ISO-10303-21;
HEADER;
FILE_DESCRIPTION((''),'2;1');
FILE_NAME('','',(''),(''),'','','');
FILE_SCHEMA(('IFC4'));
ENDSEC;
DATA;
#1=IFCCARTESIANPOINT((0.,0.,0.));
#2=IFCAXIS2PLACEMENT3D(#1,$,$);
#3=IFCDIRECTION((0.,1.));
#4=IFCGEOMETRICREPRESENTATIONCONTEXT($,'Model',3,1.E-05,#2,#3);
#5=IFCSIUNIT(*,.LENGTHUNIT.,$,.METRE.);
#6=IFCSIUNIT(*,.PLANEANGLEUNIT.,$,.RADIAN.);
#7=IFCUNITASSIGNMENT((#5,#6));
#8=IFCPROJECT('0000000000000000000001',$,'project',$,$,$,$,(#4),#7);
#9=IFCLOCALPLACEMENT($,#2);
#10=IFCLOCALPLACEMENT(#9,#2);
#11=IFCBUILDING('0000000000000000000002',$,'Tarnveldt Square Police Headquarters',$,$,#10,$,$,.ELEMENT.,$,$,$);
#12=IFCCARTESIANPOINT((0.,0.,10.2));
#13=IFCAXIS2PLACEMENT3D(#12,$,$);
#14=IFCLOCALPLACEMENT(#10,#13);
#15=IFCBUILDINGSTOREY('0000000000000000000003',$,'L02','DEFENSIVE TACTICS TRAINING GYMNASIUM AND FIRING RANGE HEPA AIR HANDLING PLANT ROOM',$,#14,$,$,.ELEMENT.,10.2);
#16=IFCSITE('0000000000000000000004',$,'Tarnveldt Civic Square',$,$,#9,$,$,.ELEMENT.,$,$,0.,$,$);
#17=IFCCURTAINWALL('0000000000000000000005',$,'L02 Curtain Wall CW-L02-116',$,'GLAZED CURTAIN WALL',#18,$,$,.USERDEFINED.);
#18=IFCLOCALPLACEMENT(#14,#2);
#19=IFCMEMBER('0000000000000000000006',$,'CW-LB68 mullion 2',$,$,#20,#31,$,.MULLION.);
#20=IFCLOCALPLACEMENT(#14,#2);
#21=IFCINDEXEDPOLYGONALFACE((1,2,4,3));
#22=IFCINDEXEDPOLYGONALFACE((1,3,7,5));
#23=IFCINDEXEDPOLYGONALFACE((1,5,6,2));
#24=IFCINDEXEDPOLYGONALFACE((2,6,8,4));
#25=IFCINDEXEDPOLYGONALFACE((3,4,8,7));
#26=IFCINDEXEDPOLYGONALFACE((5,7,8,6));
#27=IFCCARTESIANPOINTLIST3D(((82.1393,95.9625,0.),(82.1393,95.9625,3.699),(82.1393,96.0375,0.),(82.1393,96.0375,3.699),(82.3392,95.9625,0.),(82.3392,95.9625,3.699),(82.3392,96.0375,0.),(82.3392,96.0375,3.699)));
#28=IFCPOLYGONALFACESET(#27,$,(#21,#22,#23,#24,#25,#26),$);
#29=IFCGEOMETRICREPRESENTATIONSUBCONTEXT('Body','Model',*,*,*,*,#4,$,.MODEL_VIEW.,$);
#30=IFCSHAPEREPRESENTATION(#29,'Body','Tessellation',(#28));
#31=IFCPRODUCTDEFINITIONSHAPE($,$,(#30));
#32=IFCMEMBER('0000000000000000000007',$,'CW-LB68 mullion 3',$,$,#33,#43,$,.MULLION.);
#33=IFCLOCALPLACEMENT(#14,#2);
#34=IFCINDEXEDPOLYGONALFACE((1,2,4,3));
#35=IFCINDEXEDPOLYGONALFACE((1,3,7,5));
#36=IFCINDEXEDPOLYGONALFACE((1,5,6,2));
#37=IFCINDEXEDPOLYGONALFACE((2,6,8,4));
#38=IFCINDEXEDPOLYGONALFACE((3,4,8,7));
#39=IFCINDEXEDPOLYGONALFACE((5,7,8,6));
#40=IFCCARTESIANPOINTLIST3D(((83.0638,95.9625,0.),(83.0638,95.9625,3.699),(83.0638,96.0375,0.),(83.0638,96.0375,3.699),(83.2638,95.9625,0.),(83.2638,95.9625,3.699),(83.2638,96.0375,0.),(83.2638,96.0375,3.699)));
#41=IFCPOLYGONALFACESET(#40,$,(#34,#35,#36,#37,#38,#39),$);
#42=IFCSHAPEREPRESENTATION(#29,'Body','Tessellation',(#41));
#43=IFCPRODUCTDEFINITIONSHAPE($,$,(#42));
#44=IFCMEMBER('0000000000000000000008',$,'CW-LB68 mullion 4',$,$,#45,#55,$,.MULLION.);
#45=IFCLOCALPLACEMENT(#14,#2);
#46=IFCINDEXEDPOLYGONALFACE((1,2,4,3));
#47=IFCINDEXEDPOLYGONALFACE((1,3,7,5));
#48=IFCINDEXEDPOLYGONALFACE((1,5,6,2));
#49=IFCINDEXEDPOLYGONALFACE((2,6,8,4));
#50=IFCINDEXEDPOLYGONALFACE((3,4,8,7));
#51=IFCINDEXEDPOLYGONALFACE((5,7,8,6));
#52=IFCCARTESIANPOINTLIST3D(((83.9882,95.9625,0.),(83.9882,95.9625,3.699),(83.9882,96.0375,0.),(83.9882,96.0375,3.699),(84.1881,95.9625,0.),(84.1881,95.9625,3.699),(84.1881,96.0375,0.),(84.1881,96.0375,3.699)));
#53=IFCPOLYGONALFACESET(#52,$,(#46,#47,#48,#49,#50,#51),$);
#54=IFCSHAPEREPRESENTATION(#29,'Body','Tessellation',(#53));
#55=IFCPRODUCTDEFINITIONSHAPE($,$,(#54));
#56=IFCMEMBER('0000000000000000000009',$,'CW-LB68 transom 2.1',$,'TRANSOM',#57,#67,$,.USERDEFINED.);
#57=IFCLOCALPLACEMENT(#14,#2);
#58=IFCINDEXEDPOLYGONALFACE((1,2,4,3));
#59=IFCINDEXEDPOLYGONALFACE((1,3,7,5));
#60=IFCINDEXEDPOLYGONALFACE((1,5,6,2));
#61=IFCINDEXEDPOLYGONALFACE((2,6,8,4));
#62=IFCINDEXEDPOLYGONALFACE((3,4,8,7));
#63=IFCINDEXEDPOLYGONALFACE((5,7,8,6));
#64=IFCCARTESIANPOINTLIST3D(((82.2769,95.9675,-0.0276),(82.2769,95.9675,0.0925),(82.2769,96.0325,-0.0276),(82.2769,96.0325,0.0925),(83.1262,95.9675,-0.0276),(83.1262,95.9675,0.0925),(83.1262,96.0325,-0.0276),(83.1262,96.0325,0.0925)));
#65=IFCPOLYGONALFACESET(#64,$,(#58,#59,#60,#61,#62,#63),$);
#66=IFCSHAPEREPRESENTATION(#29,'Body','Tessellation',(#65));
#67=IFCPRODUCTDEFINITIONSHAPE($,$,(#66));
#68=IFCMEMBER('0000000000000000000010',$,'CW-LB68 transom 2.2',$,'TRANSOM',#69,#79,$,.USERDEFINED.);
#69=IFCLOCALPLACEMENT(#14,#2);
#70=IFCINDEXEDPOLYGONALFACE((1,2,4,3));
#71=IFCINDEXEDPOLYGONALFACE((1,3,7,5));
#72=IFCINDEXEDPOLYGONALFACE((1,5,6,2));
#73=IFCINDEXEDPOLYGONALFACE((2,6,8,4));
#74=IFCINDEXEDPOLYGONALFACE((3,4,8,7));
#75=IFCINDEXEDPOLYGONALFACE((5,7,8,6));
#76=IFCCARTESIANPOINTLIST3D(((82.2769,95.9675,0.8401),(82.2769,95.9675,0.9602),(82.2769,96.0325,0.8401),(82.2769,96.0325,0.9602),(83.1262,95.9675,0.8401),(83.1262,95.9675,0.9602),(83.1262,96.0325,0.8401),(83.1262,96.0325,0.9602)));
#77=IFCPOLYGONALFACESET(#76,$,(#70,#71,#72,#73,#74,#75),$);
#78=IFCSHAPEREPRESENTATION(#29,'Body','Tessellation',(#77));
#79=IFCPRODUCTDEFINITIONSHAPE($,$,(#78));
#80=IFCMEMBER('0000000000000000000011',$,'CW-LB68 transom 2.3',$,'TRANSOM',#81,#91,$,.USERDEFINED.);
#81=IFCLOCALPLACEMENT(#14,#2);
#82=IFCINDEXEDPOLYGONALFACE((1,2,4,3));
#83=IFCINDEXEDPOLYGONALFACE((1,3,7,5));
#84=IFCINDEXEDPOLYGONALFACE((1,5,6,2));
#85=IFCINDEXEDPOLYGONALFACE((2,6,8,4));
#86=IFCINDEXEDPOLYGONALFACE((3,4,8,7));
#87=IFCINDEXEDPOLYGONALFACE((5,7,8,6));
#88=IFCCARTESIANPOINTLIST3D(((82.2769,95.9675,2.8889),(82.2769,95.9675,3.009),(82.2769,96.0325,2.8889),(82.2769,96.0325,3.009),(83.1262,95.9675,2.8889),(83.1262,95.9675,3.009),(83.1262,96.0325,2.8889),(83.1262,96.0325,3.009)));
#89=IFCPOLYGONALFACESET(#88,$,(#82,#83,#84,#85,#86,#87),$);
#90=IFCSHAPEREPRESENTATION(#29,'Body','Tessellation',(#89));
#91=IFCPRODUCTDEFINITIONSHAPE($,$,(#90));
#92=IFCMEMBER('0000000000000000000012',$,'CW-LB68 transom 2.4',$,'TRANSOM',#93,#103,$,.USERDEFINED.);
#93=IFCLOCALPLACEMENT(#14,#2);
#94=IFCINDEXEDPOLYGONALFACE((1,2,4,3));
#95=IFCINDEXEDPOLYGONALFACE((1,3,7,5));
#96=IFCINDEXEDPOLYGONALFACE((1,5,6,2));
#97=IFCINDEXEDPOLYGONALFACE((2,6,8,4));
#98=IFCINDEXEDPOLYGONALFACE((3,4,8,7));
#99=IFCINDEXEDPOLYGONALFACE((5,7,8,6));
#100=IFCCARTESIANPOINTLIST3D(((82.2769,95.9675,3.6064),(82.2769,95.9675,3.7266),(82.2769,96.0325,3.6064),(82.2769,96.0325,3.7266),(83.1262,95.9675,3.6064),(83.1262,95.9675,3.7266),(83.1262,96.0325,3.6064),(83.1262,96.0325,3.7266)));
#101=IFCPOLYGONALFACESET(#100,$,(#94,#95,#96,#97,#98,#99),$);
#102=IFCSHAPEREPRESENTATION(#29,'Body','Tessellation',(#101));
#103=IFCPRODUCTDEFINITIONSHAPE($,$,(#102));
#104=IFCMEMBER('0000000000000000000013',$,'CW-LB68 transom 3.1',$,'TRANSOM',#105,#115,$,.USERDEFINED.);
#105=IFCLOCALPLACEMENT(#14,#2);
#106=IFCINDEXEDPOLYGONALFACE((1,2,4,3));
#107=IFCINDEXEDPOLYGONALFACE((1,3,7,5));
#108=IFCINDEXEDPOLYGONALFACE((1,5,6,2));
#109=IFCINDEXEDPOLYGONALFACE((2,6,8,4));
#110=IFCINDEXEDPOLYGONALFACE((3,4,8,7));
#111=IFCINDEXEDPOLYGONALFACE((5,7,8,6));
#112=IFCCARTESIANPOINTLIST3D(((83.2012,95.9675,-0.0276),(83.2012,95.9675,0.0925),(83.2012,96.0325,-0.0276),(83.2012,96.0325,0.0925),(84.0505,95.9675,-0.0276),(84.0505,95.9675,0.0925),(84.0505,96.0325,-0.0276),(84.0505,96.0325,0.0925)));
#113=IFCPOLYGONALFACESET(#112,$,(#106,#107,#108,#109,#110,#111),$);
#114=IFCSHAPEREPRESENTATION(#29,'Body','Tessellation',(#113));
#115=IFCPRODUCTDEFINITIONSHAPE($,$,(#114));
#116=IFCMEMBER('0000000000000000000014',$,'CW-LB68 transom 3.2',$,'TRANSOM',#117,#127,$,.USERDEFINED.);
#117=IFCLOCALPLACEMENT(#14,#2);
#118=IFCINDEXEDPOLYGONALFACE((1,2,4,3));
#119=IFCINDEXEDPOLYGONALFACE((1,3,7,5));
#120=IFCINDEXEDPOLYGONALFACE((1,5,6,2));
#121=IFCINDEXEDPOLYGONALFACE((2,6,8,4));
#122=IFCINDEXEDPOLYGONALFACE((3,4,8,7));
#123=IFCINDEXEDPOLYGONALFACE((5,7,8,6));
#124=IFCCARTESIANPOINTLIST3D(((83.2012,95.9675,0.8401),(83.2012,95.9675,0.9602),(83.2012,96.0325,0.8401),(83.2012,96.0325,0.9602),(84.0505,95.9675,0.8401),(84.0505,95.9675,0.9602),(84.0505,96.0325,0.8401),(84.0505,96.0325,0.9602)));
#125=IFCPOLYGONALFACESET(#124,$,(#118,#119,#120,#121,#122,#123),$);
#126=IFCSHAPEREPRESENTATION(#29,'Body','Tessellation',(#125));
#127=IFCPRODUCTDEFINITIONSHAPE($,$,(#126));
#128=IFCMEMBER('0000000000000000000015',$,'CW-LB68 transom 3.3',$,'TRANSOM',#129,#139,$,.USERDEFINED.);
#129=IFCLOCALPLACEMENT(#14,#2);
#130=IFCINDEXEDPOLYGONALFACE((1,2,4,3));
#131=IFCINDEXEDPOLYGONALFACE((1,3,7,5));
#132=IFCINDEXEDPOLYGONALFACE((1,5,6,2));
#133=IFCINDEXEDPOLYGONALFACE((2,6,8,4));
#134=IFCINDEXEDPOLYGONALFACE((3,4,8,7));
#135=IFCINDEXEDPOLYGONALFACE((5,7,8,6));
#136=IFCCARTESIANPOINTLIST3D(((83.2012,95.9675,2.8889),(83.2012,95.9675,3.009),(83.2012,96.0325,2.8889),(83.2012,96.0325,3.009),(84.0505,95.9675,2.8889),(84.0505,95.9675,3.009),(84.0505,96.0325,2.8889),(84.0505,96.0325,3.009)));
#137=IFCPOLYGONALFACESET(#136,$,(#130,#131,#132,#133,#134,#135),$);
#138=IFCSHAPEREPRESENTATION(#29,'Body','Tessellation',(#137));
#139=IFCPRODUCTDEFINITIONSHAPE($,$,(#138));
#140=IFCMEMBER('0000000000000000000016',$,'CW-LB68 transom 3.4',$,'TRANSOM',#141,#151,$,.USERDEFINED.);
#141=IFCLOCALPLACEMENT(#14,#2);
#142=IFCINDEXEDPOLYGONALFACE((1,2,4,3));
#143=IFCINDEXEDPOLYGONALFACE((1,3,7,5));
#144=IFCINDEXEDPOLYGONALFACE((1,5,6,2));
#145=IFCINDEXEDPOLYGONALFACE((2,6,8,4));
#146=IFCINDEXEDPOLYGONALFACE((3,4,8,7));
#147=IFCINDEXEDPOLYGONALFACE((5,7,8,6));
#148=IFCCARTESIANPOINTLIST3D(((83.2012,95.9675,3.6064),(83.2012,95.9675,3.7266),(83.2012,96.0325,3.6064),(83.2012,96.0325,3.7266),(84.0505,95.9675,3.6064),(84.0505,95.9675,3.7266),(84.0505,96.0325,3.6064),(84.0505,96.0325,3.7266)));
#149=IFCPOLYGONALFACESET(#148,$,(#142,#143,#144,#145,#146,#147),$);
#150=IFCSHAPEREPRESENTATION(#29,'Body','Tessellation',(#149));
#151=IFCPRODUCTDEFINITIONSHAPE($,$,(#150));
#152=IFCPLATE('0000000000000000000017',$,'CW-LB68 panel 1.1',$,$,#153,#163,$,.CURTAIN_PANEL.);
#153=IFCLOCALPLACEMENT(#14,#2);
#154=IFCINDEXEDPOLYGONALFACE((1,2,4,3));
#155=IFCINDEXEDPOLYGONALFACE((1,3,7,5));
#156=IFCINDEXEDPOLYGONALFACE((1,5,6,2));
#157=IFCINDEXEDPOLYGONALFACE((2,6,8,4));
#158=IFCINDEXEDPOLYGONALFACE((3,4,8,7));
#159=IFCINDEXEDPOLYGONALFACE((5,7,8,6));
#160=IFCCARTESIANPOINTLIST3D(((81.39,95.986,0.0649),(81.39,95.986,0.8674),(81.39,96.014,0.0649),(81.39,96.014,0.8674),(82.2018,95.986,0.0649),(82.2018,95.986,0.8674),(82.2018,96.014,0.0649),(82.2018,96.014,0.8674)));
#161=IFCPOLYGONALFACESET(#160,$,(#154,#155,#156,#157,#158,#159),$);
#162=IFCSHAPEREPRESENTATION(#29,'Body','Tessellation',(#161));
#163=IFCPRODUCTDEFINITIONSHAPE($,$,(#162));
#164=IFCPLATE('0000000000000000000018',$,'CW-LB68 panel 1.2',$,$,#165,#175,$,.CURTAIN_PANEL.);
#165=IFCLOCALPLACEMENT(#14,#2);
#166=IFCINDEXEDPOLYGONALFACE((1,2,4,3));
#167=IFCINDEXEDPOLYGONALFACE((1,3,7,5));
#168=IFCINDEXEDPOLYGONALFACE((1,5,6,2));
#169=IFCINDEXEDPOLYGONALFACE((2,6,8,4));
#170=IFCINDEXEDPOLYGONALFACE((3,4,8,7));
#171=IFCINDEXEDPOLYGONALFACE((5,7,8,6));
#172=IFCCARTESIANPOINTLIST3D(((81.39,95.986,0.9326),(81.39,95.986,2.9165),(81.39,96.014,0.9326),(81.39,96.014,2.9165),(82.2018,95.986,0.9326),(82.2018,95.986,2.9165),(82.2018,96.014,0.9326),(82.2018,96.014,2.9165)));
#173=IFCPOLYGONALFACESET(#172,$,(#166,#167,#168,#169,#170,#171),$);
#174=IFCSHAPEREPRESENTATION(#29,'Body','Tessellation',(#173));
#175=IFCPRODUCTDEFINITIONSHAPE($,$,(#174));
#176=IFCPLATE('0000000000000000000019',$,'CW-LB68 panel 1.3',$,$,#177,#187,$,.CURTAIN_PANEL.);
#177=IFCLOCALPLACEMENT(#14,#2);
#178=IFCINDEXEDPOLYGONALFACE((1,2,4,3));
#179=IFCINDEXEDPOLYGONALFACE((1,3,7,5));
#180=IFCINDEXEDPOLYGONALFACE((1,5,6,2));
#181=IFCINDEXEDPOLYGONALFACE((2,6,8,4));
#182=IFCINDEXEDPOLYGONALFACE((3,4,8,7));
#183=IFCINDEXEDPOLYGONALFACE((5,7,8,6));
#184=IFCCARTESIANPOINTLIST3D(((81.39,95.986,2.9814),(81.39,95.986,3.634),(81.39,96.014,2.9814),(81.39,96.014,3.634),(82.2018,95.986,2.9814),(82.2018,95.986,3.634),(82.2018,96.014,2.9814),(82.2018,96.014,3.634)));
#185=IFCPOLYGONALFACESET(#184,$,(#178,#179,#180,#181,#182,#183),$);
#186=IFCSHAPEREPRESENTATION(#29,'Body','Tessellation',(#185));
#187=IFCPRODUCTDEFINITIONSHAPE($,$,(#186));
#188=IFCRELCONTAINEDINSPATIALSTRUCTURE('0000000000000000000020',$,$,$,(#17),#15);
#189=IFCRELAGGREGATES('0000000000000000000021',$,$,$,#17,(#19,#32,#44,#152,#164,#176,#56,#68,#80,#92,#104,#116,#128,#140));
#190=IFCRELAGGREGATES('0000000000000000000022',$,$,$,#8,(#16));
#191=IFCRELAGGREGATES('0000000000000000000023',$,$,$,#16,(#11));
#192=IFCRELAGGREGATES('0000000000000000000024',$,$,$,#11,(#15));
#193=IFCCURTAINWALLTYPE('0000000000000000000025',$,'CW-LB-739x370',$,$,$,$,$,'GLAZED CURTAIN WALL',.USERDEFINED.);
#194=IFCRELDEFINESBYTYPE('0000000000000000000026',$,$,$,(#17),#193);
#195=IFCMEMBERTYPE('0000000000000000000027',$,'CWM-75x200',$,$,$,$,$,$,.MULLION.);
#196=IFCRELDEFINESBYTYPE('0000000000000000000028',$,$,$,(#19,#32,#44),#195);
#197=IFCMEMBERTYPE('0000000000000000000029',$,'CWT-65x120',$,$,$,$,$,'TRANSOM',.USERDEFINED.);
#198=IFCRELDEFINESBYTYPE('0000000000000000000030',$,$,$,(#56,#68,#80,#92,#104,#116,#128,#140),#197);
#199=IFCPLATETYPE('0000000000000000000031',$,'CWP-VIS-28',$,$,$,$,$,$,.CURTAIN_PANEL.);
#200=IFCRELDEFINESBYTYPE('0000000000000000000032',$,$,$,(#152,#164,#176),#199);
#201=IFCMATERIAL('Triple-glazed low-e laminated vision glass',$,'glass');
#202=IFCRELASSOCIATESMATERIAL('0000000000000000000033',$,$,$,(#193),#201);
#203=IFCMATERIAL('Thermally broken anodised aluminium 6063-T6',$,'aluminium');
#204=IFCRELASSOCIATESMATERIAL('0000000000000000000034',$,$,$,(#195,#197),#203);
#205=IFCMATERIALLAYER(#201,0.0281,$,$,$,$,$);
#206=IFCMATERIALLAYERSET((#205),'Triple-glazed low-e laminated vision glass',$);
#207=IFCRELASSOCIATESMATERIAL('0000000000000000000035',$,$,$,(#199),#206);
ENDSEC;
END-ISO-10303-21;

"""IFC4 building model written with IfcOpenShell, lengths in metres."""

from ifc_helpers import new_model, si_unit, direction, frame, origin, origin_2d, place, context, subcontext, project, spatial, rectangle, extrude, material, layer, layer_set, material_profile, profile_set, type_object, element, aggregate, save


model = new_model("IFC4")

# Units and contexts
model_context = context("Model", 3, precision=1e-05, world=origin(), true_north=direction((0.0, 1.0)))
body_context = subcontext(model_context, "Body", "Model", "MODEL_VIEW")
ifc_project = project(units=[si_unit("LENGTHUNIT", "METRE"), si_unit("PLANEANGLEUNIT", "RADIAN")], contexts=[model_context])

# Site, building, storey
site_placement = place(None, origin())
site = spatial("IfcSite", under=ifc_project, at=site_placement, Name="Tarnveldt Civic Square", CompositionType="ELEMENT", RefElevation=0.0)
building_placement = place(site_placement, origin())
building = spatial("IfcBuilding", under=site, at=building_placement, Name="Tarnveldt Square Police Headquarters", CompositionType="ELEMENT")
storey_placement = place(building_placement, frame((0.0, 0.0, 10.2)))
storey = spatial("IfcBuildingStorey", under=building, at=storey_placement, Name="L02", Description="DEFENSIVE TACTICS TRAINING GYMNASIUM AND FIRING RANGE HEPA AIR HANDLING PLANT ROOM", CompositionType="ELEMENT", Elevation=10.2)

# Curtain wall, members, plates
ifc_material_1 = material(Name="Triple-glazed low-e laminated vision glass", Category="glass")
curtain_wall_type = type_object("IfcCurtainWallType", Name="CW-LB-739x370", ElementType="GLAZED CURTAIN WALL", PredefinedType="USERDEFINED", material=ifc_material_1)
curtain_wall_placement = place(storey_placement, origin())
curtain_wall = element("IfcCurtainWall", 1, at=curtain_wall_placement, inside=storey, type_object=curtain_wall_type, Name="L02 Curtain Wall CW-L02-116", ObjectType="GLAZED CURTAIN WALL", PredefinedType="USERDEFINED")
ifc_material_2 = material(Name="Thermally broken anodised aluminium 6063-T6", Category="aluminium")
ifc_material_profile_1 = material_profile(ifc_material_2, rectangle(XDim=0.075, YDim=0.2, at=origin_2d()), Name="CW-M75x200")
ifc_profile_set_1 = profile_set([ifc_material_profile_1], Name="Thermally broken anodised aluminium 6063-T6")
member_type_1 = type_object("IfcMemberType", Name="CWM-75x200", PredefinedType="MULLION", material=ifc_profile_set_1)
member_1_placement = place(storey_placement, frame((82.2393, 96.0, 0.0), z_axis=(0.0, 0.0, 1.0), x_axis=(0.0, 1.0, 0.0)))
member_1 = element("IfcMember", 2, at=member_1_placement, type_object=member_type_1, Name="CW-LB68 mullion 2", PredefinedType="MULLION", context=body_context, shape_type="SweptSolid", body=[
    extrude(rectangle(XDim=0.075, YDim=0.2, at=origin_2d()), origin(), (0.0, 0.0, 1.0), 3.699),
])
member_2_placement = place(storey_placement, frame((83.1638, 96.0, 0.0), z_axis=(0.0, 0.0, 1.0), x_axis=(0.0, 1.0, 0.0)))
member_2 = element("IfcMember", 3, at=member_2_placement, type_object=member_type_1, Name="CW-LB68 mullion 3", PredefinedType="MULLION", context=body_context, shape_type="SweptSolid", body=[
    extrude(rectangle(XDim=0.075, YDim=0.2, at=origin_2d()), origin(), (0.0, 0.0, 1.0), 3.699),
])
member_3_placement = place(storey_placement, frame((84.0881, 96.0, 0.0), z_axis=(0.0, 0.0, 1.0), x_axis=(0.0, 1.0, 0.0)))
member_3 = element("IfcMember", 4, at=member_3_placement, type_object=member_type_1, Name="CW-LB68 mullion 4", PredefinedType="MULLION", context=body_context, shape_type="SweptSolid", body=[
    extrude(rectangle(XDim=0.075, YDim=0.2, at=origin_2d()), origin(), (0.0, 0.0, 1.0), 3.699),
])
ifc_material_profile_2 = material_profile(ifc_material_2, rectangle(XDim=0.0649, YDim=0.1201, at=origin_2d()), Name="CW-T65x120")
ifc_profile_set_2 = profile_set([ifc_material_profile_2], Name="Thermally broken anodised aluminium 6063-T6")
member_type_2 = type_object("IfcMemberType", Name="CWT-65x120", ElementType="TRANSOM", PredefinedType="USERDEFINED", material=ifc_profile_set_2)
member_4_placement = place(storey_placement, frame((82.2769, 96.0, 0.0325), z_axis=(1.0, 0.0, 0.0), x_axis=(0.0, 1.0, 0.0)))
member_4 = element("IfcMember", 5, at=member_4_placement, type_object=member_type_2, Name="CW-LB68 transom 2.1", ObjectType="TRANSOM", PredefinedType="USERDEFINED", context=body_context, shape_type="SweptSolid", body=[
    extrude(rectangle(XDim=0.0649, YDim=0.1201, at=origin_2d()), origin(), (0.0, 0.0, 1.0), 0.8494),
])
member_5_placement = place(storey_placement, frame((82.2769, 96.0, 0.9001), z_axis=(1.0, 0.0, 0.0), x_axis=(0.0, 1.0, 0.0)))
member_5 = element("IfcMember", 6, at=member_5_placement, type_object=member_type_2, Name="CW-LB68 transom 2.2", ObjectType="TRANSOM", PredefinedType="USERDEFINED", context=body_context, shape_type="SweptSolid", body=[
    extrude(rectangle(XDim=0.0649, YDim=0.1201, at=origin_2d()), origin(), (0.0, 0.0, 1.0), 0.8494),
])
member_6_placement = place(storey_placement, frame((82.2769, 96.0, 2.949), z_axis=(1.0, 0.0, 0.0), x_axis=(0.0, 1.0, 0.0)))
member_6 = element("IfcMember", 7, at=member_6_placement, type_object=member_type_2, Name="CW-LB68 transom 2.3", ObjectType="TRANSOM", PredefinedType="USERDEFINED", context=body_context, shape_type="SweptSolid", body=[
    extrude(rectangle(XDim=0.0649, YDim=0.1201, at=origin_2d()), origin(), (0.0, 0.0, 1.0), 0.8494),
])
member_7_placement = place(storey_placement, frame((82.2769, 96.0, 3.6665), z_axis=(1.0, 0.0, 0.0), x_axis=(0.0, 1.0, 0.0)))
member_7 = element("IfcMember", 8, at=member_7_placement, type_object=member_type_2, Name="CW-LB68 transom 2.4", ObjectType="TRANSOM", PredefinedType="USERDEFINED", context=body_context, shape_type="SweptSolid", body=[
    extrude(rectangle(XDim=0.0649, YDim=0.1201, at=origin_2d()), origin(), (0.0, 0.0, 1.0), 0.8494),
])
member_8_placement = place(storey_placement, frame((83.2012, 96.0, 0.0325), z_axis=(1.0, 0.0, 0.0), x_axis=(0.0, 1.0, 0.0)))
member_8 = element("IfcMember", 9, at=member_8_placement, type_object=member_type_2, Name="CW-LB68 transom 3.1", ObjectType="TRANSOM", PredefinedType="USERDEFINED", context=body_context, shape_type="SweptSolid", body=[
    extrude(rectangle(XDim=0.0649, YDim=0.1201, at=origin_2d()), origin(), (0.0, 0.0, 1.0), 0.8494),
])
member_9_placement = place(storey_placement, frame((83.2012, 96.0, 0.9001), z_axis=(1.0, 0.0, 0.0), x_axis=(0.0, 1.0, 0.0)))
member_9 = element("IfcMember", 10, at=member_9_placement, type_object=member_type_2, Name="CW-LB68 transom 3.2", ObjectType="TRANSOM", PredefinedType="USERDEFINED", context=body_context, shape_type="SweptSolid", body=[
    extrude(rectangle(XDim=0.0649, YDim=0.1201, at=origin_2d()), origin(), (0.0, 0.0, 1.0), 0.8494),
])
member_10_placement = place(storey_placement, frame((83.2012, 96.0, 2.949), z_axis=(1.0, 0.0, 0.0), x_axis=(0.0, 1.0, 0.0)))
member_10 = element("IfcMember", 11, at=member_10_placement, type_object=member_type_2, Name="CW-LB68 transom 3.3", ObjectType="TRANSOM", PredefinedType="USERDEFINED", context=body_context, shape_type="SweptSolid", body=[
    extrude(rectangle(XDim=0.0649, YDim=0.1201, at=origin_2d()), origin(), (0.0, 0.0, 1.0), 0.8494),
])
member_11_placement = place(storey_placement, frame((83.2012, 96.0, 3.6665), z_axis=(1.0, 0.0, 0.0), x_axis=(0.0, 1.0, 0.0)))
member_11 = element("IfcMember", 12, at=member_11_placement, type_object=member_type_2, Name="CW-LB68 transom 3.4", ObjectType="TRANSOM", PredefinedType="USERDEFINED", context=body_context, shape_type="SweptSolid", body=[
    extrude(rectangle(XDim=0.0649, YDim=0.1201, at=origin_2d()), origin(), (0.0, 0.0, 1.0), 0.8494),
])
ifc_layer = layer(ifc_material_1, 0.0281)
ifc_layer_set = layer_set([ifc_layer], Name="Triple-glazed low-e laminated vision glass")
plate_type = type_object("IfcPlateType", Name="CWP-VIS-28", PredefinedType="CURTAIN_PANEL", material=ifc_layer_set)
plate_1_placement = place(storey_placement, frame((81.7959, 96.0, 0.0649), z_axis=(0.0, 0.0, 1.0), x_axis=(1.0, 0.0, 0.0)))
plate_1 = element("IfcPlate", 13, at=plate_1_placement, type_object=plate_type, Name="CW-LB68 panel 1.1", PredefinedType="CURTAIN_PANEL", context=body_context, shape_type="SweptSolid", body=[
    extrude(rectangle(XDim=0.8118, YDim=0.0281, at=origin_2d()), origin(), (0.0, 0.0, 1.0), 0.8025),
])
plate_2_placement = place(storey_placement, frame((81.7959, 96.0, 0.9326), z_axis=(0.0, 0.0, 1.0), x_axis=(1.0, 0.0, 0.0)))
plate_2 = element("IfcPlate", 14, at=plate_2_placement, type_object=plate_type, Name="CW-LB68 panel 1.2", PredefinedType="CURTAIN_PANEL", context=body_context, shape_type="SweptSolid", body=[
    extrude(rectangle(XDim=0.8118, YDim=0.0281, at=origin_2d()), origin(), (0.0, 0.0, 1.0), 1.9839),
])
plate_3_placement = place(storey_placement, frame((81.7959, 96.0, 2.9814), z_axis=(0.0, 0.0, 1.0), x_axis=(1.0, 0.0, 0.0)))
plate_3 = element("IfcPlate", 15, at=plate_3_placement, type_object=plate_type, Name="CW-LB68 panel 1.3", PredefinedType="CURTAIN_PANEL", context=body_context, shape_type="SweptSolid", body=[
    extrude(rectangle(XDim=0.8118, YDim=0.0281, at=origin_2d()), origin(), (0.0, 0.0, 1.0), 0.6526),
])
aggregate(curtain_wall, [member_1, member_2, member_3, plate_1, plate_2, plate_3, member_4, member_5, member_6, member_7, member_8, member_9, member_10, member_11])

save(model, "model.ifc")
